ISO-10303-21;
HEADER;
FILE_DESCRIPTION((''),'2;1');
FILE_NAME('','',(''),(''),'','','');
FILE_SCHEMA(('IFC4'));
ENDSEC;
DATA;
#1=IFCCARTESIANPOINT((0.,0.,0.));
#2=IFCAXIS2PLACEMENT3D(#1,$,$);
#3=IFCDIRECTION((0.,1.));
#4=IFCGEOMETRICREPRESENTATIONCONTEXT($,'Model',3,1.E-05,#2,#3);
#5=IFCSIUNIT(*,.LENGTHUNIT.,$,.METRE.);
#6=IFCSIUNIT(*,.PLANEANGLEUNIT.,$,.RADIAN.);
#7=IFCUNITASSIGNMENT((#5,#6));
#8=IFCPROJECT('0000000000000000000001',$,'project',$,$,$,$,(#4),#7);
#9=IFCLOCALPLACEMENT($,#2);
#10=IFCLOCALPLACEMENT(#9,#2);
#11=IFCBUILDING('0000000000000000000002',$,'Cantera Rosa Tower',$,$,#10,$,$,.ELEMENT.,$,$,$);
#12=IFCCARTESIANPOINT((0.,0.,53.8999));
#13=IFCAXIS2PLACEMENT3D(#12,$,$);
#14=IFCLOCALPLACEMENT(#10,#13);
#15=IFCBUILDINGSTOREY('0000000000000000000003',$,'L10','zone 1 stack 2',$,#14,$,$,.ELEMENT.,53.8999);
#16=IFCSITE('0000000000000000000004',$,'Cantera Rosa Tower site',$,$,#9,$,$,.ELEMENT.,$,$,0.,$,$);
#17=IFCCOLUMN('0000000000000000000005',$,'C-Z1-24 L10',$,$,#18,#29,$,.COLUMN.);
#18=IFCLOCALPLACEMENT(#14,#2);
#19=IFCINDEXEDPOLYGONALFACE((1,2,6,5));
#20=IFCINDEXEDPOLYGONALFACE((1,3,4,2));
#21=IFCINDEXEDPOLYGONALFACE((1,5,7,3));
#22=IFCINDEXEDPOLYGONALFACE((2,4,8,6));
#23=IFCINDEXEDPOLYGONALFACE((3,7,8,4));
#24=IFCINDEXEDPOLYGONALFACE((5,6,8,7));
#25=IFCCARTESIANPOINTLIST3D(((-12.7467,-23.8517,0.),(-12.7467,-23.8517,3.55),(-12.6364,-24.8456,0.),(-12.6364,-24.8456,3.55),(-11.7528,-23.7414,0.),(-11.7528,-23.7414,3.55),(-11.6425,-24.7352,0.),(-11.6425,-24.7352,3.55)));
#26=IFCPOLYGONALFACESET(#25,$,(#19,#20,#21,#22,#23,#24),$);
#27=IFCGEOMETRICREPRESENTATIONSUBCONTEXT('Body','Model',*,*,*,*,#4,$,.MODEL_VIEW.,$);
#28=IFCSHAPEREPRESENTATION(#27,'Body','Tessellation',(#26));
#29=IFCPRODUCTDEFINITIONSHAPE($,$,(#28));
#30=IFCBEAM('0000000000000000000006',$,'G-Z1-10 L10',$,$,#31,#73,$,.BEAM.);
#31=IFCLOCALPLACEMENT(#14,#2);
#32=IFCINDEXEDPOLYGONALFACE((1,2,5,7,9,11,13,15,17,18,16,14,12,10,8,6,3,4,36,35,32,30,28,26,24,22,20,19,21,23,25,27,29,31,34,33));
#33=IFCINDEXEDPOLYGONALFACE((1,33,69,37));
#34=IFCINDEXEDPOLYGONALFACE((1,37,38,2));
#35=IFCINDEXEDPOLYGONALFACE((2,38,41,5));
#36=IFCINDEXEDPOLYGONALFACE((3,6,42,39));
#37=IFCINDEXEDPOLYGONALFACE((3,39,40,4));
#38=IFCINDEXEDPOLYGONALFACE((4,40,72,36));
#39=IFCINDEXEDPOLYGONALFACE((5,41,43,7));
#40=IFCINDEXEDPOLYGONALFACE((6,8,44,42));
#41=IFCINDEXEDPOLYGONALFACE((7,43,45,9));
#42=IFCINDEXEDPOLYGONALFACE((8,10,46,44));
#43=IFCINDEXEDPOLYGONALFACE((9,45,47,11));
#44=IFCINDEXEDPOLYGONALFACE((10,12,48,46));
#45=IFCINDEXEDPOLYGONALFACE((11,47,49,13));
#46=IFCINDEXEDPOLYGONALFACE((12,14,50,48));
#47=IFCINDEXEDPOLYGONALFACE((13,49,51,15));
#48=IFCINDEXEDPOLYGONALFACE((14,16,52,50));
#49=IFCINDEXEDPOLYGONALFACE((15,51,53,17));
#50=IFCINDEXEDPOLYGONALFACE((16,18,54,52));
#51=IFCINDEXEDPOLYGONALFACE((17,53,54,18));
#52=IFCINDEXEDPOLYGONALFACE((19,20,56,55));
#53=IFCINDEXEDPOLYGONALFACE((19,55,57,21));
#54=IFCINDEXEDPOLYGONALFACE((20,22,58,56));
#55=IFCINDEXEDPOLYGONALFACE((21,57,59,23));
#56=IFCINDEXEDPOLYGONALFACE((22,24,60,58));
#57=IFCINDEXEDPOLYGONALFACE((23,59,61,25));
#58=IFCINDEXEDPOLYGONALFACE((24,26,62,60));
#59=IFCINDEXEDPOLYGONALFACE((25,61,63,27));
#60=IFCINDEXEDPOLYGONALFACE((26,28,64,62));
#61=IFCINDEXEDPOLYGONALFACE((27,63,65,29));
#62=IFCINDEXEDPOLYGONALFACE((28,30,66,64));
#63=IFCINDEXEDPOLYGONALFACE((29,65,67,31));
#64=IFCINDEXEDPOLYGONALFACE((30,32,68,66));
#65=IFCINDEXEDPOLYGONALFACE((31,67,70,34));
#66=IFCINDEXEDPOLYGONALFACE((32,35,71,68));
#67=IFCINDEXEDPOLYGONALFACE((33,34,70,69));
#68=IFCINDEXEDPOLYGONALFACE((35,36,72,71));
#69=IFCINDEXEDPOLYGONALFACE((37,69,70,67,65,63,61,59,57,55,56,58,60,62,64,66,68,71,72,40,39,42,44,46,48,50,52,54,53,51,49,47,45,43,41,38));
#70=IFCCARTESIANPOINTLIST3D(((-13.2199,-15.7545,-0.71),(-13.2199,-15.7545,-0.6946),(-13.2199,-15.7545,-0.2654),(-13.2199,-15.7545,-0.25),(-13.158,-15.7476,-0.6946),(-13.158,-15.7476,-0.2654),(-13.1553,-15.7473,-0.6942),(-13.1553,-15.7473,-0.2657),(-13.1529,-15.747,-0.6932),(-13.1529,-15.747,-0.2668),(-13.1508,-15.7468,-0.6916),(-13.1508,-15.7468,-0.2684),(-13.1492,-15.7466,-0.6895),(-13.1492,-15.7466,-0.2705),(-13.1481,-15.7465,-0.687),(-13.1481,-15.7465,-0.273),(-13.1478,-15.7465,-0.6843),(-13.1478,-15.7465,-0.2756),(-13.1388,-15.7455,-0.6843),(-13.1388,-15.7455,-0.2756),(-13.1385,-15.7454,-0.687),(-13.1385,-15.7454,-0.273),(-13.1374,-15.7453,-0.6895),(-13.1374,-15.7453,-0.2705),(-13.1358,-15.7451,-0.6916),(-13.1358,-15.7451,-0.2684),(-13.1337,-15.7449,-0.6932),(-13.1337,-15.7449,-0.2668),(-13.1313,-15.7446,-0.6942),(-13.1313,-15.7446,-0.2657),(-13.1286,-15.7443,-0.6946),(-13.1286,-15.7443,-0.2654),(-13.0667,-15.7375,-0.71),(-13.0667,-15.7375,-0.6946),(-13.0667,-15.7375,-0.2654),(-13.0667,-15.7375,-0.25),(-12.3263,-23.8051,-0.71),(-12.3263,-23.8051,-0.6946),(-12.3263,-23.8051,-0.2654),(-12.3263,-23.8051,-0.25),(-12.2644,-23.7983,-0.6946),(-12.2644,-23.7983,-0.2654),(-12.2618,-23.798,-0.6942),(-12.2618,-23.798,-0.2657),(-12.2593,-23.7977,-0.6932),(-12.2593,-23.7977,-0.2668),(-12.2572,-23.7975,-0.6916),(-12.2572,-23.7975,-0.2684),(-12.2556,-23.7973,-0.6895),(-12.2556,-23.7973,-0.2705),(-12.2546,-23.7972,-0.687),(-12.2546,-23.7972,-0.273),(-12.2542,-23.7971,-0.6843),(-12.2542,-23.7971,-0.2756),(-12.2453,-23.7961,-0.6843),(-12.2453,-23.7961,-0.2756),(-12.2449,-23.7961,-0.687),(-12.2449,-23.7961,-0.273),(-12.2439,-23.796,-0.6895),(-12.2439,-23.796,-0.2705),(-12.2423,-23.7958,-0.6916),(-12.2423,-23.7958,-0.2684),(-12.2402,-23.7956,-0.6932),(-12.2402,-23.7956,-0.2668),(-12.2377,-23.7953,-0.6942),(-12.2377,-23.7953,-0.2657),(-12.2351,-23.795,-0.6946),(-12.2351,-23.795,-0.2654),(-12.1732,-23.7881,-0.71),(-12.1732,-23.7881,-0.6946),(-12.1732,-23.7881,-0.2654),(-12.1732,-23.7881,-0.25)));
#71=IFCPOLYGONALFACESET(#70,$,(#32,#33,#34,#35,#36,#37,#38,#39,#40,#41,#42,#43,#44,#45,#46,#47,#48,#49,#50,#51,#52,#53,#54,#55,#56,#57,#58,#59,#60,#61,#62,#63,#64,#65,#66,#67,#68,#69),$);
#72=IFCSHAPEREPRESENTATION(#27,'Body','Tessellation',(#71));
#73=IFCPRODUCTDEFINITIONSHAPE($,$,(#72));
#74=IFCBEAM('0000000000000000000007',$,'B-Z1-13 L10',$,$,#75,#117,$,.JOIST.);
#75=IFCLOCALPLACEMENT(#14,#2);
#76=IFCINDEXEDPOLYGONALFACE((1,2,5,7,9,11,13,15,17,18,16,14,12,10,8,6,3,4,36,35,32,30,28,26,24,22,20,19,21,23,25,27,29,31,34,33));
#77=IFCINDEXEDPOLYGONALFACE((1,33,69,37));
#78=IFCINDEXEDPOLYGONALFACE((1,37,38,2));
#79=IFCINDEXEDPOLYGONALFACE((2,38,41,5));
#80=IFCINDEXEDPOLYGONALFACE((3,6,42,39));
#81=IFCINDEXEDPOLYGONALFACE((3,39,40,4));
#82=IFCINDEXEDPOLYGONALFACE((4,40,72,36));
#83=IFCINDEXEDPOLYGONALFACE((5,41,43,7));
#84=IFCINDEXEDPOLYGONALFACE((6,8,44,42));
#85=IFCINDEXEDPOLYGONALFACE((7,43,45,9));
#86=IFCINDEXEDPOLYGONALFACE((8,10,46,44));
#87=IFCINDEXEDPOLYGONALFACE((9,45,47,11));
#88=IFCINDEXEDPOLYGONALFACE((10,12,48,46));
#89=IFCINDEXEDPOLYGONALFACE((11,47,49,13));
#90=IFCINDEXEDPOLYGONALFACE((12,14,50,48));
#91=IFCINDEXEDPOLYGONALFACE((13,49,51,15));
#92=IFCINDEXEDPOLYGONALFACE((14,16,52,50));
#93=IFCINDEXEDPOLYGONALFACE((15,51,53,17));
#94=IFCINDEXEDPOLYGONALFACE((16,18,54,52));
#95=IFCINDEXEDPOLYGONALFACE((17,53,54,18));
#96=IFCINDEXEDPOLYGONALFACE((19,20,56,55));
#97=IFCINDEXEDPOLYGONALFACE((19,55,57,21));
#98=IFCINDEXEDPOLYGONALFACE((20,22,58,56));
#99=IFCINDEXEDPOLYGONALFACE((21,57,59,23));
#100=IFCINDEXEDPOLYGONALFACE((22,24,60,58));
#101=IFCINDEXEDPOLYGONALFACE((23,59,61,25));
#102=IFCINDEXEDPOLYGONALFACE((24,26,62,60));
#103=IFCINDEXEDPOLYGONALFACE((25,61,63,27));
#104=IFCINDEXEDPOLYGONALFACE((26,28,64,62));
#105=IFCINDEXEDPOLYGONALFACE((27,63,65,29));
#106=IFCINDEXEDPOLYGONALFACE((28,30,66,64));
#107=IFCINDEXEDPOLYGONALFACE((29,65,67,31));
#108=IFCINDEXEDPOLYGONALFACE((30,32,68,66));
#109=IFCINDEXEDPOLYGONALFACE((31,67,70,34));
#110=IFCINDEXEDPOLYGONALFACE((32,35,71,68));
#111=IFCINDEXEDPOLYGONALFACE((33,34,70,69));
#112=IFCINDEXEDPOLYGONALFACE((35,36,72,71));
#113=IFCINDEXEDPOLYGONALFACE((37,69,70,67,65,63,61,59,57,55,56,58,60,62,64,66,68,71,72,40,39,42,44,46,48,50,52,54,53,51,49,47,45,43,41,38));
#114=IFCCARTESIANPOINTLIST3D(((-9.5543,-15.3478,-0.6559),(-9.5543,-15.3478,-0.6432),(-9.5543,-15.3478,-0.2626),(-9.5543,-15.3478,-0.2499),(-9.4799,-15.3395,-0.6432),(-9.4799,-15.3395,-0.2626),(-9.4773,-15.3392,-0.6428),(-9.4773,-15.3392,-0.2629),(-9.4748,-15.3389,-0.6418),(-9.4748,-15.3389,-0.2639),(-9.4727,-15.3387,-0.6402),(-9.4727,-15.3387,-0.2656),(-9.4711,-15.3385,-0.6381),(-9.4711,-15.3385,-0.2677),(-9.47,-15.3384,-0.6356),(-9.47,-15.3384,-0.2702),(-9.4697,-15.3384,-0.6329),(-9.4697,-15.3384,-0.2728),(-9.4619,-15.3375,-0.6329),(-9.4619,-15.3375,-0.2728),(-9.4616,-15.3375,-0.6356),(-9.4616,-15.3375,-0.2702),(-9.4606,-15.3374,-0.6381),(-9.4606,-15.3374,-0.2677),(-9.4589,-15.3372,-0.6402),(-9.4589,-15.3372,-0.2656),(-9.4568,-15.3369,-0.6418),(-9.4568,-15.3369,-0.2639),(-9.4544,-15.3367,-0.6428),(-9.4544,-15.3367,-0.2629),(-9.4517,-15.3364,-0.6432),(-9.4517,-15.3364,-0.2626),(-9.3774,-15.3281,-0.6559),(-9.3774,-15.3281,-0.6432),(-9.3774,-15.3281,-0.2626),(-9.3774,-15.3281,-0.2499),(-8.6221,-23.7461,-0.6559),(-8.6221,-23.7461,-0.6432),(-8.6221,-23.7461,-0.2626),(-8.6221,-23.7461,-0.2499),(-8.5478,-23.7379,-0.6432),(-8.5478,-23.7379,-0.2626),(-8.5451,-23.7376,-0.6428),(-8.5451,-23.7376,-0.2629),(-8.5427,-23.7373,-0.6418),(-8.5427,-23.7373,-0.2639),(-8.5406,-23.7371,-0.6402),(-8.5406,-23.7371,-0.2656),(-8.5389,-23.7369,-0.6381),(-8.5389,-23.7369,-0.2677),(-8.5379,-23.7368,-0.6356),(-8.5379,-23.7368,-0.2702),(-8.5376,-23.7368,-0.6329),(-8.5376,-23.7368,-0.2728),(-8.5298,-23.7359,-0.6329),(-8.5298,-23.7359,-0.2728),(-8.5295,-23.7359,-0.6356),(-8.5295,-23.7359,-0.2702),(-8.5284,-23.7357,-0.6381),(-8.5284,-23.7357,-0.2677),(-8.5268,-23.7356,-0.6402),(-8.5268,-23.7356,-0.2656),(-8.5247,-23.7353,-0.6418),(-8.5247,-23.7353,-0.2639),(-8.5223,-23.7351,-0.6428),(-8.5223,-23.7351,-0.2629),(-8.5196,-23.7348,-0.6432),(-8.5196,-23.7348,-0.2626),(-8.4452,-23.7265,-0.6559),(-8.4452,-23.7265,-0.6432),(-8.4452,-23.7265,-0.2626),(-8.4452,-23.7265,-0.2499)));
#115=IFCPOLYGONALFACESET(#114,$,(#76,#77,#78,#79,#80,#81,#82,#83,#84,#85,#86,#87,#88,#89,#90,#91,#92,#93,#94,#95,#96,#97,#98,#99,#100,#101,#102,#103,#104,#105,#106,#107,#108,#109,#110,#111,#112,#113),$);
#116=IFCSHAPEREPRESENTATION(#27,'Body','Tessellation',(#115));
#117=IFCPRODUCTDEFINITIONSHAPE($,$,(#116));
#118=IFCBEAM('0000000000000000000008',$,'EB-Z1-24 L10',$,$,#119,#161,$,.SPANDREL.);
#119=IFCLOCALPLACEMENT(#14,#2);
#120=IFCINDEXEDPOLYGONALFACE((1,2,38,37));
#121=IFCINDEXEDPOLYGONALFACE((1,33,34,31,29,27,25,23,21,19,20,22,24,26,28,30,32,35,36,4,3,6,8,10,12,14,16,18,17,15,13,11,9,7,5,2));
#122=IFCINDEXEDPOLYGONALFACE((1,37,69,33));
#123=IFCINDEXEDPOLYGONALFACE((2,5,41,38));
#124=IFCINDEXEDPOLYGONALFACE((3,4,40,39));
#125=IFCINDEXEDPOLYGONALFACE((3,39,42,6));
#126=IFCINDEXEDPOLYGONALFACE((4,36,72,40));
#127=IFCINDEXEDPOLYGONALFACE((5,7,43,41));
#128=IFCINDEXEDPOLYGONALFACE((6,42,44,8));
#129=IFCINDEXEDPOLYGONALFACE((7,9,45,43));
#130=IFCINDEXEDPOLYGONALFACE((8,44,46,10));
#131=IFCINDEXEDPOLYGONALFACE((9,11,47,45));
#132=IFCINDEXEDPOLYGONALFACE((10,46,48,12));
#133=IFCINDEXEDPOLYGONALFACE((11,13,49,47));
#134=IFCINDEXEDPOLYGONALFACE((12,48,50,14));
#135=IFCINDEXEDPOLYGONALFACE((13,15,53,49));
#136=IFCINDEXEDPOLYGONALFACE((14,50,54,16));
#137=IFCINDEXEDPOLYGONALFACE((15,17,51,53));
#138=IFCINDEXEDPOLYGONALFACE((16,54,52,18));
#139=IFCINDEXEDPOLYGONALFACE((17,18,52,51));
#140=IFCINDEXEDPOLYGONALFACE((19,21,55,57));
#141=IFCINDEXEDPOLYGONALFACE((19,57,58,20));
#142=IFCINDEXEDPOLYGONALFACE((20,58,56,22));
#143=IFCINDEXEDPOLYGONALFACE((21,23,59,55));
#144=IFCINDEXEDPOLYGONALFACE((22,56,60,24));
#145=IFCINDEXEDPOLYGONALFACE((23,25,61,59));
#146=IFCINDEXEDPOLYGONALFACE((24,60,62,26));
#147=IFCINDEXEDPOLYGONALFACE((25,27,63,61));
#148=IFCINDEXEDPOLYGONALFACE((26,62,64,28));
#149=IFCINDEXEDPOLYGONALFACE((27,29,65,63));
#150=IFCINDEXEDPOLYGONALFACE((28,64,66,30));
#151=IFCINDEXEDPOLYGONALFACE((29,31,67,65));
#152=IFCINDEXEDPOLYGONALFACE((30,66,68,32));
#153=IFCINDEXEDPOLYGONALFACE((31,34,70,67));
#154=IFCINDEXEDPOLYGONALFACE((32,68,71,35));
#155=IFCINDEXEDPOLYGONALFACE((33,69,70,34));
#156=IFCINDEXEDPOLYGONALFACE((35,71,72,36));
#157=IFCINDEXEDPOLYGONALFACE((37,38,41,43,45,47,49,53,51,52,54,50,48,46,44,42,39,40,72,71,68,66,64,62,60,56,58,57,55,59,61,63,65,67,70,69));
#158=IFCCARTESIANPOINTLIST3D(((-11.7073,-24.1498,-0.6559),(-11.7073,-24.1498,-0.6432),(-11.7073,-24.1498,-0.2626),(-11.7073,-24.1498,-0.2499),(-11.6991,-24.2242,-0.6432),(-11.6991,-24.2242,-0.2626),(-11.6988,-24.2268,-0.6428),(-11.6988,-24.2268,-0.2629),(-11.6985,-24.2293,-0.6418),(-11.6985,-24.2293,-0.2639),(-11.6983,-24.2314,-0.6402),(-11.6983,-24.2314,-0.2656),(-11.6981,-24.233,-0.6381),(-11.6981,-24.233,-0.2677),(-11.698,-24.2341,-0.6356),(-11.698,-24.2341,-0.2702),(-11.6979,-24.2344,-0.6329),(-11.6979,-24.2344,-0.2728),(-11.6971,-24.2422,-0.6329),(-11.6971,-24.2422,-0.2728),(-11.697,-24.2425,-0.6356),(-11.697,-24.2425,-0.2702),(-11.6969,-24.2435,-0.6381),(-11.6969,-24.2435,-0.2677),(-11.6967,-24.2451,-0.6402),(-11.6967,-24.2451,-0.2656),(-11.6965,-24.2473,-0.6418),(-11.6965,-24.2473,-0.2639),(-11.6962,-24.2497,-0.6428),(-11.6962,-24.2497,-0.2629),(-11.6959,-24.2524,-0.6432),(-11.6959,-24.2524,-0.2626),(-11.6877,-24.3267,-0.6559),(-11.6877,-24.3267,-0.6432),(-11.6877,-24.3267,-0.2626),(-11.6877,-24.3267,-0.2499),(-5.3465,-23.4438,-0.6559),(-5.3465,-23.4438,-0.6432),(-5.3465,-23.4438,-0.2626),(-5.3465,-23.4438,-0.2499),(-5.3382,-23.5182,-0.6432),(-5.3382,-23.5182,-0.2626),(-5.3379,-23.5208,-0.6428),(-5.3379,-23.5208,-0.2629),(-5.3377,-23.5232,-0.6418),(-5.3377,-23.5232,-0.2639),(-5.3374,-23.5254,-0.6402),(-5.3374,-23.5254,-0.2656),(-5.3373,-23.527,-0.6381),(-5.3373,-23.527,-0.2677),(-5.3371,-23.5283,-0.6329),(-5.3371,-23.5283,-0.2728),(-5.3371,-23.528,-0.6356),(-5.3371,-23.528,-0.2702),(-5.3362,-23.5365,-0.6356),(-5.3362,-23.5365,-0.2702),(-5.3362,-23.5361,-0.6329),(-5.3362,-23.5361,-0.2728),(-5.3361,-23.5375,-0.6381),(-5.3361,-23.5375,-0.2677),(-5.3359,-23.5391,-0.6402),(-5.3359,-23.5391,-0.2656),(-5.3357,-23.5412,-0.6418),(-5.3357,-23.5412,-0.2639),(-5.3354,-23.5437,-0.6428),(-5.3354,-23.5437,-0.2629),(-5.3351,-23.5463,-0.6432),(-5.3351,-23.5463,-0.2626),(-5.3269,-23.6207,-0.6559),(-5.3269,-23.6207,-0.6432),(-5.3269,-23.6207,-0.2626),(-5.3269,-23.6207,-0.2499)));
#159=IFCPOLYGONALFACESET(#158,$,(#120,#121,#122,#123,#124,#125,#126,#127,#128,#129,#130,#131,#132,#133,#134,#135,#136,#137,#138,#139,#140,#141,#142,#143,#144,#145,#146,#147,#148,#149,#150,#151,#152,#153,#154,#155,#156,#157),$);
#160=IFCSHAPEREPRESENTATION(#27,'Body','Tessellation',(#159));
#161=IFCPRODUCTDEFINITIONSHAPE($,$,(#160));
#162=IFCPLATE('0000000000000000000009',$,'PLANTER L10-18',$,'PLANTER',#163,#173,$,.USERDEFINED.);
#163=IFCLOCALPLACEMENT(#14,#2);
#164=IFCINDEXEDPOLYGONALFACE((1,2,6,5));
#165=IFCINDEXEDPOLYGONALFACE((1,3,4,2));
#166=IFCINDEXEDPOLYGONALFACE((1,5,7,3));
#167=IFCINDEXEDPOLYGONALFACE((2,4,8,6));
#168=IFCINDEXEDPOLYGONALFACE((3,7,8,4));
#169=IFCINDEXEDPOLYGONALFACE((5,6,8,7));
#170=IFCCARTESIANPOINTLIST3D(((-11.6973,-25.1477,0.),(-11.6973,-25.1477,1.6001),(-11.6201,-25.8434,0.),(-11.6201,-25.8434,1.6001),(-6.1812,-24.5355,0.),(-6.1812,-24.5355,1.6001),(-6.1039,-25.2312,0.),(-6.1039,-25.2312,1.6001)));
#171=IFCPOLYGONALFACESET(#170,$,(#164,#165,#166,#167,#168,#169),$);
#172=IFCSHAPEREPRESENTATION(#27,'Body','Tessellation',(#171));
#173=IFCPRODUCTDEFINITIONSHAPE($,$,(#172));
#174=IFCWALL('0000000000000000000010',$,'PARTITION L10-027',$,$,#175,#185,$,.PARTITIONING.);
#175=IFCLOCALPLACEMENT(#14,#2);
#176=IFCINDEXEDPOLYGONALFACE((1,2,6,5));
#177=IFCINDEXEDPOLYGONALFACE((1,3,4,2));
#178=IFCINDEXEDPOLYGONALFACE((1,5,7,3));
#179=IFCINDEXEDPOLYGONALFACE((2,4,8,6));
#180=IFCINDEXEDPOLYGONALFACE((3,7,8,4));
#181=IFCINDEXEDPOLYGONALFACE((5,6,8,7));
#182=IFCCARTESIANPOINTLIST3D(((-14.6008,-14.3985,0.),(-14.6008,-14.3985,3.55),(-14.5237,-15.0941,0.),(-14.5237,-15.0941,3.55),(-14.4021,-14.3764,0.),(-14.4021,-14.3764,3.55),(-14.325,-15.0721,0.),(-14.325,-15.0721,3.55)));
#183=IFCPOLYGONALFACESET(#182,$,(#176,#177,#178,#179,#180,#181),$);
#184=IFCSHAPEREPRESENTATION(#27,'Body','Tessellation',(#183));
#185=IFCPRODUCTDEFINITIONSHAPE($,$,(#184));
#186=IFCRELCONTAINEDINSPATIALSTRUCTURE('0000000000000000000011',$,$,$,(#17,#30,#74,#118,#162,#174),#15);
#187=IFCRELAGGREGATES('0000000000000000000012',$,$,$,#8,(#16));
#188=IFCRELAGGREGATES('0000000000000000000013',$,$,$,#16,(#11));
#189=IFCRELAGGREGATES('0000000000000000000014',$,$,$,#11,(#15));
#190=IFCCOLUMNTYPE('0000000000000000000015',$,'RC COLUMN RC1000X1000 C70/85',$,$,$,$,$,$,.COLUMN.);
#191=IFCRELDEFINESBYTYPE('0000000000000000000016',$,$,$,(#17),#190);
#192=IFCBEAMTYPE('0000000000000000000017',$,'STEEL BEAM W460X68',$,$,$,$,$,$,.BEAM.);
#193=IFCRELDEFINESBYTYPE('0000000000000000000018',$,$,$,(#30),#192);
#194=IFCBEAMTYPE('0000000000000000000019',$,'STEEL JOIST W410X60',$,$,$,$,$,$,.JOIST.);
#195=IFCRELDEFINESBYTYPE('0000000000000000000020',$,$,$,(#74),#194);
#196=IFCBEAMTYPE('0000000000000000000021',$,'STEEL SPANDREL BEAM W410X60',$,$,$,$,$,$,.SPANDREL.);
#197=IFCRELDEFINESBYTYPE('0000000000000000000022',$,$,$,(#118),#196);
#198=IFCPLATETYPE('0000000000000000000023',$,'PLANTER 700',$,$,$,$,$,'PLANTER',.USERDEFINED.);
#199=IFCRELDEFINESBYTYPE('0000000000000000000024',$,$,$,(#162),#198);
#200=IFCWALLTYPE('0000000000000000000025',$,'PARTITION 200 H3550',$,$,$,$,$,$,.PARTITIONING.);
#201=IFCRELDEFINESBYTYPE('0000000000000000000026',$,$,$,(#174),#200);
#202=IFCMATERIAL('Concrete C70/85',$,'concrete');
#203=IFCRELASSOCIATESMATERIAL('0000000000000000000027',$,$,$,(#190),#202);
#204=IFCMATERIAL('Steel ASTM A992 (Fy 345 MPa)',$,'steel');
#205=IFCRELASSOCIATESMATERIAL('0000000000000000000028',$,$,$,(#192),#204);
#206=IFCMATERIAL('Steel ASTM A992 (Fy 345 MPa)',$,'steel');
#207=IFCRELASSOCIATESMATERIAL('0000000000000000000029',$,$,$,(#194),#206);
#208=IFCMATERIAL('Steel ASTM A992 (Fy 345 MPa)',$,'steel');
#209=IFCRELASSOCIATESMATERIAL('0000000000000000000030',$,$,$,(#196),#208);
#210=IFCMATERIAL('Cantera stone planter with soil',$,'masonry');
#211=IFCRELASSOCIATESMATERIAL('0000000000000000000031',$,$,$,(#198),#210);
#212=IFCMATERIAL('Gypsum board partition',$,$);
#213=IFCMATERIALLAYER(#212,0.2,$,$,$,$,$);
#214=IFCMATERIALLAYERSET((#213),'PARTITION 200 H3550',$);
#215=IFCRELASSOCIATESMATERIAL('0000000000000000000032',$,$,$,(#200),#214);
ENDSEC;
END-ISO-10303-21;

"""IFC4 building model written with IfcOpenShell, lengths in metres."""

from ifc_helpers import new_model, si_unit, direction, frame, frame_2d, origin, origin_2d, place, context, subcontext, project, spatial, rectangle, i_section, extrude, material, layer, layer_set, material_profile, profile_set, type_object, element, save


model = new_model("IFC4")

# Units and contexts
model_context = context("Model", 3, precision=1e-05, world=origin(), true_north=direction((0.0, 1.0)))
body_context = subcontext(model_context, "Body", "Model", "MODEL_VIEW")
ifc_project = project(units=[si_unit("LENGTHUNIT", "METRE"), si_unit("PLANEANGLEUNIT", "RADIAN")], contexts=[model_context])

# Site, building, storey
site_placement = place(None, origin())
site = spatial("IfcSite", under=ifc_project, at=site_placement, Name="Cantera Rosa Tower site", CompositionType="ELEMENT", RefElevation=0.0)
building_placement = place(site_placement, origin())
building = spatial("IfcBuilding", under=site, at=building_placement, Name="Cantera Rosa Tower", CompositionType="ELEMENT")
storey_placement = place(building_placement, frame((0.0, 0.0, 53.8999)))
storey = spatial("IfcBuildingStorey", under=building, at=storey_placement, Name="L10", Description="zone 1 stack 2", CompositionType="ELEMENT", Elevation=53.8999)

# Column
ifc_material_1 = material(Name="Concrete C70/85", Category="concrete")
ifc_material_profile_1 = material_profile(ifc_material_1, rectangle(XDim=1.0, YDim=1.0, at=origin_2d()), Name="RC COLUMN RC1000X1000 C70/85")
ifc_profile_set_1 = profile_set([ifc_material_profile_1], Name="Concrete C70/85")
column_type = type_object("IfcColumnType", Name="RC COLUMN RC1000X1000 C70/85", PredefinedType="COLUMN", material=ifc_profile_set_1)
column_placement = place(storey_placement, frame((-12.1946, -24.2935, 0.0), z_axis=(0.0, 0.0, 1.0), x_axis=(0.993897, 0.110313, 0.0)))
element("IfcColumn", 1, at=column_placement, inside=storey, type_object=column_type, Name="C-Z1-24 L10", PredefinedType="COLUMN", context=body_context, shape_type="SweptSolid", body=[
    extrude(rectangle(XDim=1.0, YDim=1.0, at=origin_2d()), origin(), (0.0, 0.0, 1.0), 3.55),
])

# Beams
ifc_material_2 = material(Name="Steel ASTM A992 (Fy 345 MPa)", Category="steel")
ifc_material_profile_2 = material_profile(ifc_material_2, i_section(OverallWidth=0.1541, OverallDepth=0.46, WebThickness=0.009, FlangeThickness=0.0154, FilletRadius=0.0103, at=origin_2d()), Name="W460X68")
ifc_profile_set_2 = profile_set([ifc_material_profile_2], Name="Steel ASTM A992 (Fy 345 MPa)")
beam_type_1 = type_object("IfcBeamType", Name="STEEL BEAM W460X68", PredefinedType="BEAM", material=ifc_profile_set_2)
beam_1_placement = place(storey_placement, frame((-12.2498, -23.7966, -0.48), z_axis=(-0.110312, 0.993897, 0.0), x_axis=(-0.993897, -0.110312, 0.0)))
element("IfcBeam", 2, at=beam_1_placement, inside=storey, type_object=beam_type_1, Name="G-Z1-10 L10", PredefinedType="BEAM", context=body_context, shape_type="SweptSolid", body=[
    extrude(i_section(OverallWidth=0.1541, OverallDepth=0.46, WebThickness=0.009, FlangeThickness=0.0154, FilletRadius=0.0103, at=origin_2d()), origin(), (0.0, 0.0, 1.0), 8.1001),
])
ifc_material_3 = material(Name="Steel ASTM A992 (Fy 345 MPa)", Category="steel")
ifc_material_profile_3 = material_profile(ifc_material_3, i_section(OverallWidth=0.178, OverallDepth=0.406, WebThickness=0.0078, FlangeThickness=0.0127, FilletRadius=0.0103, at=origin_2d()), Name="W410X60")
ifc_profile_set_3 = profile_set([ifc_material_profile_3], Name="Steel ASTM A992 (Fy 345 MPa)")
beam_type_2 = type_object("IfcBeamType", Name="STEEL JOIST W410X60", PredefinedType="JOIST", material=ifc_profile_set_3)
beam_2_placement = place(storey_placement, frame((-8.5337, -23.7363, -0.4529), z_axis=(-0.110311, 0.993897, 0.0), x_axis=(-0.993897, -0.110311, 0.0)))
element("IfcBeam", 3, at=beam_2_placement, inside=storey, type_object=beam_type_2, Name="B-Z1-13 L10", PredefinedType="JOIST", context=body_context, shape_type="SweptSolid", body=[
    extrude(i_section(OverallWidth=0.178, OverallDepth=0.406, WebThickness=0.0078, FlangeThickness=0.0127, FilletRadius=0.0103, at=origin_2d()), origin(), (0.0, 0.0, 1.0), 8.45),
])
ifc_material_4 = material(Name="Steel ASTM A992 (Fy 345 MPa)", Category="steel")
ifc_material_profile_4 = material_profile(ifc_material_4, i_section(OverallWidth=0.178, OverallDepth=0.406, WebThickness=0.0078, FlangeThickness=0.0127, FilletRadius=0.0103, at=origin_2d()), Name="W410X60")
ifc_profile_set_4 = profile_set([ifc_material_profile_4], Name="Steel ASTM A992 (Fy 345 MPa)")
beam_type_3 = type_object("IfcBeamType", Name="STEEL SPANDREL BEAM W410X60", PredefinedType="SPANDREL", material=ifc_profile_set_4)
beam_3_placement = place(storey_placement, frame((-11.6975, -24.2383, -0.4529), z_axis=(0.993896, 0.110323, 0.0), x_axis=(-0.110323, 0.993896, 0.0)))
element("IfcBeam", 4, at=beam_3_placement, inside=storey, type_object=beam_type_3, Name="EB-Z1-24 L10", PredefinedType="SPANDREL", context=body_context, shape_type="SweptSolid", body=[
    extrude(i_section(OverallWidth=0.178, OverallDepth=0.406, WebThickness=0.0078, FlangeThickness=0.0127, FilletRadius=0.0103, at=origin_2d()), origin(), (0.0, 0.0, 1.0), 6.3999),
])

# Plate
ifc_material_5 = material(Name="Cantera stone planter with soil", Category="masonry")
plate_type = type_object("IfcPlateType", Name="PLANTER 700", ElementType="PLANTER", PredefinedType="USERDEFINED", material=ifc_material_5)
plate_placement = place(storey_placement, frame((-8.9006, -25.1895, 0.0), z_axis=(0.0, 0.0, 1.0), x_axis=(0.993897, 0.110313, 0.0)))
element("IfcPlate", 5, at=plate_placement, inside=storey, type_object=plate_type, Name="PLANTER L10-18", ObjectType="PLANTER", PredefinedType="USERDEFINED", context=body_context, shape_type="SweptSolid", body=[
    extrude(rectangle(XDim=5.55, YDim=0.7, at=origin_2d()), origin(), (0.0, 0.0, 1.0), 1.6001),
])

# Wall
ifc_material_6 = material(Name="Gypsum board partition")
ifc_layer_1 = layer(ifc_material_6, 0.2)
ifc_layer_set_1 = layer_set([ifc_layer_1], Name="PARTITION 200 H3550")
wall_type_1 = type_object("IfcWallType", Name="PARTITION 200 H3550", PredefinedType="PARTITIONING", material=ifc_layer_set_1)
wall_1_placement = place(storey_placement, frame((-14.4243, -15.0833, 0.0), z_axis=(0.0, 0.0, 1.0), x_axis=(-0.110202, 0.993909, 0.0)))
element("IfcWall", 6, at=wall_1_placement, inside=storey, type_object=wall_type_1, Name="PARTITION L10-027", PredefinedType="PARTITIONING", context=body_context, shape_type="SweptSolid", body=[
    extrude(rectangle(XDim=0.7, YDim=0.2, at=frame_2d((0.3501, 0.0))), origin(), (0.0, 0.0, 1.0), 3.55),
])

save(model, "model.ifc")
